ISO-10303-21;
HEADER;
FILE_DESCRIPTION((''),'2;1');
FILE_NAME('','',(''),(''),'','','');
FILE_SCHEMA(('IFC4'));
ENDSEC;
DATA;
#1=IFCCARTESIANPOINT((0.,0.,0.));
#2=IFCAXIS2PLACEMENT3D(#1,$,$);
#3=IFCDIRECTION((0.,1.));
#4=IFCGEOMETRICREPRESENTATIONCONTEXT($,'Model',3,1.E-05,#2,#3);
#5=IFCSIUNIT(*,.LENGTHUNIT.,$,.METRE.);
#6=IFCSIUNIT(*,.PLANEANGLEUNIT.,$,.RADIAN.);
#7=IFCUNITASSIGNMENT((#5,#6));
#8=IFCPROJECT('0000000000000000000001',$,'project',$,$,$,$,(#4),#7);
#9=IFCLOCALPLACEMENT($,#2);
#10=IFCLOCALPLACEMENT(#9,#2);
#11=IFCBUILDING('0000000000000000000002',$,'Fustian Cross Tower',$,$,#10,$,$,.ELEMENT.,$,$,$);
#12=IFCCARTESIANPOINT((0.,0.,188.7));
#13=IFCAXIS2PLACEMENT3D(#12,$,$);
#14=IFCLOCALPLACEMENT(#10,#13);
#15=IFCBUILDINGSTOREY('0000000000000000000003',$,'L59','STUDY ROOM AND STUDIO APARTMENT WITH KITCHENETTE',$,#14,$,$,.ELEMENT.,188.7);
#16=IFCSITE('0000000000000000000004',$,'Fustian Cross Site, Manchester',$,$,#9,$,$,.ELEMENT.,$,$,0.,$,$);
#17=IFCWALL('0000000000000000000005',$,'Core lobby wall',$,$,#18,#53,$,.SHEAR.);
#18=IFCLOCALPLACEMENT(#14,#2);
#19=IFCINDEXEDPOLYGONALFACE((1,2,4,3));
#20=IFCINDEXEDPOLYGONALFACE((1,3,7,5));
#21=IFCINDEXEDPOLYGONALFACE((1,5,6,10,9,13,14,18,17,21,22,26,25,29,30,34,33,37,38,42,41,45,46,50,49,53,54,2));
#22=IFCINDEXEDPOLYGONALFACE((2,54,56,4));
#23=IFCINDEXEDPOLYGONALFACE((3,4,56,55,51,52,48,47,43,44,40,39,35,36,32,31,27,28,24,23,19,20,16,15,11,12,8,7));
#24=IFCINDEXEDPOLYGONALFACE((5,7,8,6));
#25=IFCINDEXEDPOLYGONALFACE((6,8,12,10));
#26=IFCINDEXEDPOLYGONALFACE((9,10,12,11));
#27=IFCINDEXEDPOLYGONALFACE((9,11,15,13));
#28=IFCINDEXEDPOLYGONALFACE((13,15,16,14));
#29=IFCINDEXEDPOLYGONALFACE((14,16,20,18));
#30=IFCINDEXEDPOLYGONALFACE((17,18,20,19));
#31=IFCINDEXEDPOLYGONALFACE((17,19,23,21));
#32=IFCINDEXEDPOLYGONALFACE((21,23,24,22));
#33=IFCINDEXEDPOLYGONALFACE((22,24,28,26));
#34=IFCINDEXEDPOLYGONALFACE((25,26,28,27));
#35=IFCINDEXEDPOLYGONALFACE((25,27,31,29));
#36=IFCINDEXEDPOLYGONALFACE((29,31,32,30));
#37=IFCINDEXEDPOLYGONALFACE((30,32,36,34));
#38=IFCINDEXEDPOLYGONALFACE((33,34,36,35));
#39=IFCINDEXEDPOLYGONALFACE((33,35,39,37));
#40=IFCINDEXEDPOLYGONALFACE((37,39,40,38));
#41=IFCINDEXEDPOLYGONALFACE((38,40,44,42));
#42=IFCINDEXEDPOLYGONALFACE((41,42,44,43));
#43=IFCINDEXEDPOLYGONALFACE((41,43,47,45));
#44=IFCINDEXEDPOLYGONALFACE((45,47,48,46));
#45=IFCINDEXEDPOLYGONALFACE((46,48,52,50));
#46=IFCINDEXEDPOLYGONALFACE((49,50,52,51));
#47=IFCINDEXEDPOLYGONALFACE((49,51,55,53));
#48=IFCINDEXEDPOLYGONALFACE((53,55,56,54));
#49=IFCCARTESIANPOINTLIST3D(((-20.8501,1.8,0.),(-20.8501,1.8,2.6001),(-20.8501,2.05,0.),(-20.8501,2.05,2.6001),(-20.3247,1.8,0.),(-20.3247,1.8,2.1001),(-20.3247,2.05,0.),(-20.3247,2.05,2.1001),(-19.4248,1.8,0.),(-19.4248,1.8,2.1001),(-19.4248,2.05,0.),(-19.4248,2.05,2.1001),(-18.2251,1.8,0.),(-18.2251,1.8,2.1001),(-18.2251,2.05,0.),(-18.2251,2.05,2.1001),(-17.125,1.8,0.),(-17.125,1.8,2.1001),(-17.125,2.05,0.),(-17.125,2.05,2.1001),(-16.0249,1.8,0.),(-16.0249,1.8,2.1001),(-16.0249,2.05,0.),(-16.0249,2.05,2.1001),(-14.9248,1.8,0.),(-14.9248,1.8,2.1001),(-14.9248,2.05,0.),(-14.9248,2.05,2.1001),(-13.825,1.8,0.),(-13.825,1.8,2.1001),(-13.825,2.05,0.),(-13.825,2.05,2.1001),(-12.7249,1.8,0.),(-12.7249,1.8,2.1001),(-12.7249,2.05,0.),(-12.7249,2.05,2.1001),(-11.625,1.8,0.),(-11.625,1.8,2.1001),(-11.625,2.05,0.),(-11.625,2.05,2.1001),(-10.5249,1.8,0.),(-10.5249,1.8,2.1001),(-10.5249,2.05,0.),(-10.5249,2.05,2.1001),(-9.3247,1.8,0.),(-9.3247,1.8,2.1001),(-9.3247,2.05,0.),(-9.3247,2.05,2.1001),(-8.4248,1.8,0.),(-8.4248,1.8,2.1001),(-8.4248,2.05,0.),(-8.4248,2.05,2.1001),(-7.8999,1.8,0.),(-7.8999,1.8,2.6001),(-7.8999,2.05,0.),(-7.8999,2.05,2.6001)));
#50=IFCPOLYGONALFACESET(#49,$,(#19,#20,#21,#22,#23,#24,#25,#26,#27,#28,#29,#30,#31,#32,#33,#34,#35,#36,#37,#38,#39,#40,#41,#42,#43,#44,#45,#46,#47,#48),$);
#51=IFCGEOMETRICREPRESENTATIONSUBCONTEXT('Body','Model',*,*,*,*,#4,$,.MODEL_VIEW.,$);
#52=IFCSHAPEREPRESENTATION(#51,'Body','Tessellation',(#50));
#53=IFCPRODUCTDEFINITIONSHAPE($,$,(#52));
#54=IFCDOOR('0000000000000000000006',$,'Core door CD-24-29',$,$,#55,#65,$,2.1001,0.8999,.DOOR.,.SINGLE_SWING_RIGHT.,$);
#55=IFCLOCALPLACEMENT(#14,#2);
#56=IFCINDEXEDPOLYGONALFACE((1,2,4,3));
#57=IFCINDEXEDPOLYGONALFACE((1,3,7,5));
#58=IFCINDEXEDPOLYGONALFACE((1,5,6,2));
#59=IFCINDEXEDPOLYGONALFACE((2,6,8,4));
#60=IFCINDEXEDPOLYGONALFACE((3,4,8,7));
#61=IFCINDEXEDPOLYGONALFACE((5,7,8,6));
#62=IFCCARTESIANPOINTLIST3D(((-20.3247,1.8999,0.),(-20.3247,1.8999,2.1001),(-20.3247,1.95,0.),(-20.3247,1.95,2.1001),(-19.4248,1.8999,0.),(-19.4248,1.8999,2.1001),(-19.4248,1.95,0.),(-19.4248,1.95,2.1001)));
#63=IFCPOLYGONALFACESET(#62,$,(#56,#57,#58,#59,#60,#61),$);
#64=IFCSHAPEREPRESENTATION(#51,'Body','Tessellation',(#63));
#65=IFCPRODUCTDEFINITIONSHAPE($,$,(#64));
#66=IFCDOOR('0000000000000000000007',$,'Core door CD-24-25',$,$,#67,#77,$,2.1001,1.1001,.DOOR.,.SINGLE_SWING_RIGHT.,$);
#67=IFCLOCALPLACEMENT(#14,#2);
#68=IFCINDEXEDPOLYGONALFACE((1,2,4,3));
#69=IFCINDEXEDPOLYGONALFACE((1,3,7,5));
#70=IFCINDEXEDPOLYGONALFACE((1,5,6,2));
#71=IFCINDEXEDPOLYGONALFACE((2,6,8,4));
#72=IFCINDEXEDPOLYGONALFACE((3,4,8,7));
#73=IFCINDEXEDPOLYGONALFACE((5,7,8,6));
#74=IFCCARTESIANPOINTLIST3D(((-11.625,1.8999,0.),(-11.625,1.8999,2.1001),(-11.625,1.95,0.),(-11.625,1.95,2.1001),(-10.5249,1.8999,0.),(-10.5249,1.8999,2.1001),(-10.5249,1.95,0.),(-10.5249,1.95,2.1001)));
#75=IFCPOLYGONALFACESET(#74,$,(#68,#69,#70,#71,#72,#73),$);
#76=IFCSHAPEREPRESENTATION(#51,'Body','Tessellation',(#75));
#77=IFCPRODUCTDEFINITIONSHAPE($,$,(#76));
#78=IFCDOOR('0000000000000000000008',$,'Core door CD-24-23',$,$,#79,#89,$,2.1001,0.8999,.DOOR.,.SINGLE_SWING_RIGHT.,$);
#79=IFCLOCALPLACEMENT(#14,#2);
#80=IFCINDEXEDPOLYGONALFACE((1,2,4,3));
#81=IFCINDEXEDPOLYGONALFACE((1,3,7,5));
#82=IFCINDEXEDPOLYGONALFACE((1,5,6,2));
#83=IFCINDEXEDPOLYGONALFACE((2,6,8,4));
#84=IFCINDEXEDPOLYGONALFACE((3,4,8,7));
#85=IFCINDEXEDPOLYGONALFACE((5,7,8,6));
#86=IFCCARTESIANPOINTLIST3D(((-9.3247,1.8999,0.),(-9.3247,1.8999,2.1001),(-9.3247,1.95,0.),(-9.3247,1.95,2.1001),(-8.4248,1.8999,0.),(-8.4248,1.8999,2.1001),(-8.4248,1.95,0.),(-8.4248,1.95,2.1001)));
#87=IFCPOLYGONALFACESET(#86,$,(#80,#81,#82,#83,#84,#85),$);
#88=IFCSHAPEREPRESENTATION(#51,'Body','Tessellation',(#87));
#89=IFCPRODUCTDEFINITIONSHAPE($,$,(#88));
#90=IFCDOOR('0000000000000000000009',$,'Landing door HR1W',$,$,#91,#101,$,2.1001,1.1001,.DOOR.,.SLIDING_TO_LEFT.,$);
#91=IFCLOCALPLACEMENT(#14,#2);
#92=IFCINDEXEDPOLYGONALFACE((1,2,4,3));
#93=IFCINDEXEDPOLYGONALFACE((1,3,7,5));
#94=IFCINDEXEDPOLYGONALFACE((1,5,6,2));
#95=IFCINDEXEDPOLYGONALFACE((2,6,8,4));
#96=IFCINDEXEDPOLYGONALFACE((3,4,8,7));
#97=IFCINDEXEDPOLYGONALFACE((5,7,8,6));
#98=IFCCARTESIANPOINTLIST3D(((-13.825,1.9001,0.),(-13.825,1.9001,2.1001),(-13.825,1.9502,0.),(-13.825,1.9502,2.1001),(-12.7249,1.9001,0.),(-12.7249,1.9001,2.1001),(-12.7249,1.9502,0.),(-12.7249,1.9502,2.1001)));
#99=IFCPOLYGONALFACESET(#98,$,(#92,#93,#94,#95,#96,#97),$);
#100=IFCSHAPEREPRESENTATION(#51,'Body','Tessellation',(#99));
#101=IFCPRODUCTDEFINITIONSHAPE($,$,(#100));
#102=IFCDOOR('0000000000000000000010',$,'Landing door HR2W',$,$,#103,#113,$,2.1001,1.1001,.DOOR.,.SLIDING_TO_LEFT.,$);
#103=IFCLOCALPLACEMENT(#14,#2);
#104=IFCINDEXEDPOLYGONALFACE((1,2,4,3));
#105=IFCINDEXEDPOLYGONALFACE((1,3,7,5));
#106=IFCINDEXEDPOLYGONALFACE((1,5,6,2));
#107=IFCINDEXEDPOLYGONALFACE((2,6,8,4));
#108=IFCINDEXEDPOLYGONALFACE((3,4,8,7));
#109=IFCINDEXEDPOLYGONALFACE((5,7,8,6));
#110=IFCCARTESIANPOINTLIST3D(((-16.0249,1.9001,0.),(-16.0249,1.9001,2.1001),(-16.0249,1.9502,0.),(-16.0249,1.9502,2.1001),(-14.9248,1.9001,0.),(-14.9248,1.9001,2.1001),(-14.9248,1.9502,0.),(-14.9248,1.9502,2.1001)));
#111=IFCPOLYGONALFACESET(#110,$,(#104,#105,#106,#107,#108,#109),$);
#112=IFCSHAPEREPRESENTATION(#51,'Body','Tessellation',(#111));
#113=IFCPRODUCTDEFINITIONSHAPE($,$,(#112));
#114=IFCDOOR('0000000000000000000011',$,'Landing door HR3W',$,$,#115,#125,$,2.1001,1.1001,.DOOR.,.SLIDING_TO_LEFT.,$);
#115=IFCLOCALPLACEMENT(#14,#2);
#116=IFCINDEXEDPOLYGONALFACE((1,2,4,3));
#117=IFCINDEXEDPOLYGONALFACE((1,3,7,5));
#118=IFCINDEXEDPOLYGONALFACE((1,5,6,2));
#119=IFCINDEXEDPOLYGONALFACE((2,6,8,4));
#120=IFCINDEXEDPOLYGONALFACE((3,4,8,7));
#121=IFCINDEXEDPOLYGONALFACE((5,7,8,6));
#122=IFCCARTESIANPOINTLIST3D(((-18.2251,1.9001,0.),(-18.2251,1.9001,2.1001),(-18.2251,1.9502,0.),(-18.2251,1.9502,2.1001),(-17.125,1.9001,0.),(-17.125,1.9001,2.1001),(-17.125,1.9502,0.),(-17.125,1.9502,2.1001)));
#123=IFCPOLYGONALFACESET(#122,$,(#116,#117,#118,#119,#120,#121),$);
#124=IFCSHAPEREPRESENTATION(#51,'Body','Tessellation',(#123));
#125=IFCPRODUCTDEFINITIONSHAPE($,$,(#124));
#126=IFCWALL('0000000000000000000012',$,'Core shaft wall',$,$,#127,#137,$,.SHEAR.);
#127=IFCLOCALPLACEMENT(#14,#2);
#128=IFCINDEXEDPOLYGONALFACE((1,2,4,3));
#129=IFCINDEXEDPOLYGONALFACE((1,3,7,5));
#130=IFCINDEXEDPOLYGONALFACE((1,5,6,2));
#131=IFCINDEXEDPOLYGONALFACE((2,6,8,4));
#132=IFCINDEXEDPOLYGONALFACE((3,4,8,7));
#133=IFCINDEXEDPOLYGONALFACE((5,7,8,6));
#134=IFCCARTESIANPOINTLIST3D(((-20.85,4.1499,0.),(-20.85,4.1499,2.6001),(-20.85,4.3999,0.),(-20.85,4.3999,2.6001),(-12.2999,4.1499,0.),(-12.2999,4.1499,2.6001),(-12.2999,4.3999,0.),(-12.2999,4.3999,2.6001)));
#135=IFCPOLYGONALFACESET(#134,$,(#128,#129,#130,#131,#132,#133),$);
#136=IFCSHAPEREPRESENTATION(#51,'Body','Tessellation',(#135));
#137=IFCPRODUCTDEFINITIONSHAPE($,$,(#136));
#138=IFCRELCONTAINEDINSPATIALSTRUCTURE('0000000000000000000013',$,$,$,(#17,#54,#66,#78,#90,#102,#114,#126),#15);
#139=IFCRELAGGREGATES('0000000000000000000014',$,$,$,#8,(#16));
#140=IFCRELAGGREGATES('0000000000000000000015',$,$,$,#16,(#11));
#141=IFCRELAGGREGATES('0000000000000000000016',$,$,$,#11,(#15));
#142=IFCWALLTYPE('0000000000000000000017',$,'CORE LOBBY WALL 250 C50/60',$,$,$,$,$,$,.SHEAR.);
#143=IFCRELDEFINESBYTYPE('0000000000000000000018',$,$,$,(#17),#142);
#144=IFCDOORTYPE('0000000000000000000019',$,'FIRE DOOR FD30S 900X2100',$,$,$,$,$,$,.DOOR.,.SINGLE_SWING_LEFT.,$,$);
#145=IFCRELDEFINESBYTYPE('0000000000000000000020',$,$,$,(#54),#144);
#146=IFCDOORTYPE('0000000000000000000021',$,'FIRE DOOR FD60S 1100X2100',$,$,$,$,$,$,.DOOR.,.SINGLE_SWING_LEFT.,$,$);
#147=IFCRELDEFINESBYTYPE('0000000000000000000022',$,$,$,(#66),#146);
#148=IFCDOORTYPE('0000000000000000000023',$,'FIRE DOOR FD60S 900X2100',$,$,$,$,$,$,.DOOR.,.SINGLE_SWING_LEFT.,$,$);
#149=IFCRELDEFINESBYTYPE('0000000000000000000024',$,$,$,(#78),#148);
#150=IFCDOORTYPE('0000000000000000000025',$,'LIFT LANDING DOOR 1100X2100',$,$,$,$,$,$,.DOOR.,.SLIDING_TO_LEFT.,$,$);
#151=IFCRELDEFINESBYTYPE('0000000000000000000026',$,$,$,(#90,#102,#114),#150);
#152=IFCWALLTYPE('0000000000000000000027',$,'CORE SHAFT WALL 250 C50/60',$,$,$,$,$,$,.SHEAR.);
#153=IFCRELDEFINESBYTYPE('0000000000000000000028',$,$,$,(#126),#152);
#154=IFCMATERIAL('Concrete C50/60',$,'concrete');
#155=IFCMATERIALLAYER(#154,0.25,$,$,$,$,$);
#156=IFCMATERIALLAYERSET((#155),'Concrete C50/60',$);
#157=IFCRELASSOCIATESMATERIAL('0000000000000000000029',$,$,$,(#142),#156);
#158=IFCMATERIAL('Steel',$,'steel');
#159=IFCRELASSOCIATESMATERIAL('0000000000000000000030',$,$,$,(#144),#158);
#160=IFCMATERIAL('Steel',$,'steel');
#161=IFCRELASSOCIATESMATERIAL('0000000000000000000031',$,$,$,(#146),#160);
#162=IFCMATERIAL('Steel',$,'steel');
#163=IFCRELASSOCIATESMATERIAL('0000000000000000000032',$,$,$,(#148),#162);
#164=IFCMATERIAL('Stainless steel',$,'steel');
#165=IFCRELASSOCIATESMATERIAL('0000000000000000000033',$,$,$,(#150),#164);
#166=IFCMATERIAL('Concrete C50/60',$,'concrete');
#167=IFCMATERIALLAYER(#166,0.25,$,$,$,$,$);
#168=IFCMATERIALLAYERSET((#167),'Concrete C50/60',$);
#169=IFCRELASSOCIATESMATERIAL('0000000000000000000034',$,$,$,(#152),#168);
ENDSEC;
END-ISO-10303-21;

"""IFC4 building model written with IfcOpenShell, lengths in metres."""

from ifc_helpers import new_model, si_unit, direction, frame, frame_2d, origin, place, context, subcontext, project, spatial, rectangle, extrude, material, layer, layer_set, type_object, element, fill, save


model = new_model("IFC4")

# Units and contexts
model_context = context("Model", 3, precision=1e-05, world=origin(), true_north=direction((0.0, 1.0)))
body_context = subcontext(model_context, "Body", "Model", "MODEL_VIEW")
ifc_project = project(units=[si_unit("LENGTHUNIT", "METRE"), si_unit("PLANEANGLEUNIT", "RADIAN")], contexts=[model_context])

# Site, building, storey
site_placement = place(None, origin())
site = spatial("IfcSite", under=ifc_project, at=site_placement, Name="Fustian Cross Site, Manchester", CompositionType="ELEMENT", RefElevation=0.0)
building_placement = place(site_placement, origin())
building = spatial("IfcBuilding", under=site, at=building_placement, Name="Fustian Cross Tower", CompositionType="ELEMENT")
storey_placement = place(building_placement, frame((0.0, 0.0, 188.7)))
storey = spatial("IfcBuildingStorey", under=building, at=storey_placement, Name="L59", Description="STUDY ROOM AND STUDIO APARTMENT WITH KITCHENETTE", CompositionType="ELEMENT", Elevation=188.7)

# Wall, openings, doors
ifc_material_1 = material(Name="Concrete C50/60", Category="concrete")
ifc_layer_1 = layer(ifc_material_1, 0.25)
ifc_layer_set_1 = layer_set([ifc_layer_1], Name="Concrete C50/60")
wall_type_1 = type_object("IfcWallType", Name="CORE LOBBY WALL 250 C50/60", PredefinedType="SHEAR", material=ifc_layer_set_1)
wall_1_placement = place(storey_placement, frame((-7.8999, 1.925, 0.0), z_axis=(0.0, 0.0, 1.0), x_axis=(-1.0, 0.0, 0.0)))
wall_1 = element("IfcWall", 1, at=wall_1_placement, inside=storey, type_object=wall_type_1, Name="Core lobby wall", PredefinedType="SHEAR", context=body_context, shape_type="SweptSolid", body=[
    extrude(rectangle(XDim=12.9502, YDim=0.25, at=frame_2d((6.4751, 0.0))), origin(), (0.0, 0.0, 1.0), 2.6001),
])
opening_1_placement = place(wall_1_placement, frame((4.825, 0.0, 0.0)))
opening_1 = element("IfcOpeningElement", 2, at=opening_1_placement, cuts=wall_1, PredefinedType="OPENING", context=body_context, shape_type="SweptSolid", body=[
    extrude(rectangle(XDim=1.1001, YDim=2.1001, at=frame_2d((0.55, 1.05))), frame((0.0, 0.135, 0.0), z_axis=(0.0, -1.0, 0.0), x_axis=(1.0, 0.0, 0.0)), (0.0, 0.0, 1.0), 0.27),
])
opening_2_placement = place(wall_1_placement, frame((7.0249, 0.0, 0.0)))
opening_2 = element("IfcOpeningElement", 3, at=opening_2_placement, cuts=wall_1, PredefinedType="OPENING", context=body_context, shape_type="SweptSolid", body=[
    extrude(rectangle(XDim=1.1001, YDim=2.1001, at=frame_2d((0.55, 1.05))), frame((0.0, 0.135, 0.0), z_axis=(0.0, -1.0, 0.0), x_axis=(1.0, 0.0, 0.0)), (0.0, 0.0, 1.0), 0.27),
])
opening_3_placement = place(wall_1_placement, frame((9.2251, 0.0, 0.0)))
opening_3 = element("IfcOpeningElement", 4, at=opening_3_placement, cuts=wall_1, PredefinedType="OPENING", context=body_context, shape_type="SweptSolid", body=[
    extrude(rectangle(XDim=1.1001, YDim=2.1001, at=frame_2d((0.55, 1.05))), frame((0.0, 0.135, 0.0), z_axis=(0.0, -1.0, 0.0), x_axis=(1.0, 0.0, 0.0)), (0.0, 0.0, 1.0), 0.27),
])
opening_4_placement = place(wall_1_placement, frame((0.5249, 0.0, 0.0)))
opening_4 = element("IfcOpeningElement", 5, at=opening_4_placement, cuts=wall_1, PredefinedType="OPENING", context=body_context, shape_type="SweptSolid", body=[
    extrude(rectangle(XDim=0.8999, YDim=2.1001, at=frame_2d((0.45, 1.05))), frame((0.0, 0.135, 0.0), z_axis=(0.0, -1.0, 0.0), x_axis=(1.0, 0.0, 0.0)), (0.0, 0.0, 1.0), 0.27),
])
opening_5_placement = place(wall_1_placement, frame((2.625, 0.0, 0.0)))
opening_5 = element("IfcOpeningElement", 6, at=opening_5_placement, cuts=wall_1, PredefinedType="OPENING", context=body_context, shape_type="SweptSolid", body=[
    extrude(rectangle(XDim=1.1001, YDim=2.1001, at=frame_2d((0.55, 1.05))), frame((0.0, 0.135, 0.0), z_axis=(0.0, -1.0, 0.0), x_axis=(1.0, 0.0, 0.0)), (0.0, 0.0, 1.0), 0.27),
])
opening_6_placement = place(wall_1_placement, frame((11.5249, 0.0, 0.0)))
opening_6 = element("IfcOpeningElement", 7, at=opening_6_placement, cuts=wall_1, PredefinedType="OPENING", context=body_context, shape_type="SweptSolid", body=[
    extrude(rectangle(XDim=0.8999, YDim=2.1001, at=frame_2d((0.45, 1.05))), frame((0.0, 0.135, 0.0), z_axis=(0.0, -1.0, 0.0), x_axis=(1.0, 0.0, 0.0)), (0.0, 0.0, 1.0), 0.27),
])
ifc_material_2 = material(Name="Steel", Category="steel")
door_type_1 = type_object("IfcDoorType", Name="FIRE DOOR FD30S 900X2100", OperationType="SINGLE_SWING_LEFT", PredefinedType="DOOR", material=ifc_material_2)
door_1_placement = place(opening_6_placement, frame((0.8999, 0.0, 0.0), z_axis=(0.0, 0.0, 1.0), x_axis=(-1.0, 0.0, 0.0)))
door_1 = element("IfcDoor", 8, at=door_1_placement, inside=storey, type_object=door_type_1, Name="Core door CD-24-29", OperationType="SINGLE_SWING_RIGHT", OverallHeight=2.1001, OverallWidth=0.8999, PredefinedType="DOOR", context=body_context, shape_type="SweptSolid", body=[
    extrude(rectangle(XDim=0.8999, YDim=2.1001, at=frame_2d((0.45, 1.05))), frame((0.0, 0.0249, 0.0), z_axis=(0.0, -1.0, 0.0), x_axis=(1.0, 0.0, 0.0)), (0.0, 0.0, 1.0), 0.05),
])
fill(opening_6, door_1)
ifc_material_3 = material(Name="Steel", Category="steel")
door_type_2 = type_object("IfcDoorType", Name="FIRE DOOR FD60S 1100X2100", OperationType="SINGLE_SWING_LEFT", PredefinedType="DOOR", material=ifc_material_3)
door_2_placement = place(opening_5_placement, frame((1.1001, 0.0, 0.0), z_axis=(0.0, 0.0, 1.0), x_axis=(-1.0, 0.0, 0.0)))
door_2 = element("IfcDoor", 9, at=door_2_placement, inside=storey, type_object=door_type_2, Name="Core door CD-24-25", OperationType="SINGLE_SWING_RIGHT", OverallHeight=2.1001, OverallWidth=1.1001, PredefinedType="DOOR", context=body_context, shape_type="SweptSolid", body=[
    extrude(rectangle(XDim=1.1001, YDim=2.1001, at=frame_2d((0.55, 1.05))), frame((0.0, 0.0249, 0.0), z_axis=(0.0, -1.0, 0.0), x_axis=(1.0, 0.0, 0.0)), (0.0, 0.0, 1.0), 0.05),
])
fill(opening_5, door_2)
ifc_material_4 = material(Name="Steel", Category="steel")
door_type_3 = type_object("IfcDoorType", Name="FIRE DOOR FD60S 900X2100", OperationType="SINGLE_SWING_LEFT", PredefinedType="DOOR", material=ifc_material_4)
door_3_placement = place(opening_4_placement, frame((0.8999, 0.0, 0.0), z_axis=(0.0, 0.0, 1.0), x_axis=(-1.0, 0.0, 0.0)))
door_3 = element("IfcDoor", 10, at=door_3_placement, inside=storey, type_object=door_type_3, Name="Core door CD-24-23", OperationType="SINGLE_SWING_RIGHT", OverallHeight=2.1001, OverallWidth=0.8999, PredefinedType="DOOR", context=body_context, shape_type="SweptSolid", body=[
    extrude(rectangle(XDim=0.8999, YDim=2.1001, at=frame_2d((0.45, 1.05))), frame((0.0, 0.0249, 0.0), z_axis=(0.0, -1.0, 0.0), x_axis=(1.0, 0.0, 0.0)), (0.0, 0.0, 1.0), 0.05),
])
fill(opening_4, door_3)
ifc_material_5 = material(Name="Stainless steel", Category="steel")
door_type_4 = type_object("IfcDoorType", Name="LIFT LANDING DOOR 1100X2100", OperationType="SLIDING_TO_LEFT", PredefinedType="DOOR", material=ifc_material_5)
door_4_placement = place(opening_1_placement, origin())
door_4 = element("IfcDoor", 11, at=door_4_placement, inside=storey, type_object=door_type_4, Name="Landing door HR1W", OperationType="SLIDING_TO_LEFT", OverallHeight=2.1001, OverallWidth=1.1001, PredefinedType="DOOR", context=body_context, shape_type="SweptSolid", body=[
    extrude(rectangle(XDim=1.1001, YDim=2.1001, at=frame_2d((0.55, 1.05))), frame((0.0, 0.0249, 0.0), z_axis=(0.0, -1.0, 0.0), x_axis=(1.0, 0.0, 0.0)), (0.0, 0.0, 1.0), 0.05),
])
fill(opening_1, door_4)
door_5_placement = place(opening_2_placement, origin())
door_5 = element("IfcDoor", 12, at=door_5_placement, inside=storey, type_object=door_type_4, Name="Landing door HR2W", OperationType="SLIDING_TO_LEFT", OverallHeight=2.1001, OverallWidth=1.1001, PredefinedType="DOOR", context=body_context, shape_type="SweptSolid", body=[
    extrude(rectangle(XDim=1.1001, YDim=2.1001, at=frame_2d((0.55, 1.05))), frame((0.0, 0.0249, 0.0), z_axis=(0.0, -1.0, 0.0), x_axis=(1.0, 0.0, 0.0)), (0.0, 0.0, 1.0), 0.05),
])
fill(opening_2, door_5)
door_6_placement = place(opening_3_placement, origin())
door_6 = element("IfcDoor", 13, at=door_6_placement, inside=storey, type_object=door_type_4, Name="Landing door HR3W", OperationType="SLIDING_TO_LEFT", OverallHeight=2.1001, OverallWidth=1.1001, PredefinedType="DOOR", context=body_context, shape_type="SweptSolid", body=[
    extrude(rectangle(XDim=1.1001, YDim=2.1001, at=frame_2d((0.55, 1.05))), frame((0.0, 0.0249, 0.0), z_axis=(0.0, -1.0, 0.0), x_axis=(1.0, 0.0, 0.0)), (0.0, 0.0, 1.0), 0.05),
])
fill(opening_3, door_6)

# Wall
ifc_material_6 = material(Name="Concrete C50/60", Category="concrete")
ifc_layer_2 = layer(ifc_material_6, 0.25)
ifc_layer_set_2 = layer_set([ifc_layer_2], Name="Concrete C50/60")
wall_type_2 = type_object("IfcWallType", Name="CORE SHAFT WALL 250 C50/60", PredefinedType="SHEAR", material=ifc_layer_set_2)
wall_2_placement = place(storey_placement, frame((-12.3, 4.2749, 0.0), z_axis=(0.0, 0.0, 1.0), x_axis=(-1.0, 0.0, 0.0)))
element("IfcWall", 14, at=wall_2_placement, inside=storey, type_object=wall_type_2, Name="Core shaft wall", PredefinedType="SHEAR", context=body_context, shape_type="SweptSolid", body=[
    extrude(rectangle(XDim=8.55, YDim=0.25, at=frame_2d((4.2749, 0.0))), origin(), (0.0, 0.0, 1.0), 2.6001),
])

save(model, "model.ifc")
